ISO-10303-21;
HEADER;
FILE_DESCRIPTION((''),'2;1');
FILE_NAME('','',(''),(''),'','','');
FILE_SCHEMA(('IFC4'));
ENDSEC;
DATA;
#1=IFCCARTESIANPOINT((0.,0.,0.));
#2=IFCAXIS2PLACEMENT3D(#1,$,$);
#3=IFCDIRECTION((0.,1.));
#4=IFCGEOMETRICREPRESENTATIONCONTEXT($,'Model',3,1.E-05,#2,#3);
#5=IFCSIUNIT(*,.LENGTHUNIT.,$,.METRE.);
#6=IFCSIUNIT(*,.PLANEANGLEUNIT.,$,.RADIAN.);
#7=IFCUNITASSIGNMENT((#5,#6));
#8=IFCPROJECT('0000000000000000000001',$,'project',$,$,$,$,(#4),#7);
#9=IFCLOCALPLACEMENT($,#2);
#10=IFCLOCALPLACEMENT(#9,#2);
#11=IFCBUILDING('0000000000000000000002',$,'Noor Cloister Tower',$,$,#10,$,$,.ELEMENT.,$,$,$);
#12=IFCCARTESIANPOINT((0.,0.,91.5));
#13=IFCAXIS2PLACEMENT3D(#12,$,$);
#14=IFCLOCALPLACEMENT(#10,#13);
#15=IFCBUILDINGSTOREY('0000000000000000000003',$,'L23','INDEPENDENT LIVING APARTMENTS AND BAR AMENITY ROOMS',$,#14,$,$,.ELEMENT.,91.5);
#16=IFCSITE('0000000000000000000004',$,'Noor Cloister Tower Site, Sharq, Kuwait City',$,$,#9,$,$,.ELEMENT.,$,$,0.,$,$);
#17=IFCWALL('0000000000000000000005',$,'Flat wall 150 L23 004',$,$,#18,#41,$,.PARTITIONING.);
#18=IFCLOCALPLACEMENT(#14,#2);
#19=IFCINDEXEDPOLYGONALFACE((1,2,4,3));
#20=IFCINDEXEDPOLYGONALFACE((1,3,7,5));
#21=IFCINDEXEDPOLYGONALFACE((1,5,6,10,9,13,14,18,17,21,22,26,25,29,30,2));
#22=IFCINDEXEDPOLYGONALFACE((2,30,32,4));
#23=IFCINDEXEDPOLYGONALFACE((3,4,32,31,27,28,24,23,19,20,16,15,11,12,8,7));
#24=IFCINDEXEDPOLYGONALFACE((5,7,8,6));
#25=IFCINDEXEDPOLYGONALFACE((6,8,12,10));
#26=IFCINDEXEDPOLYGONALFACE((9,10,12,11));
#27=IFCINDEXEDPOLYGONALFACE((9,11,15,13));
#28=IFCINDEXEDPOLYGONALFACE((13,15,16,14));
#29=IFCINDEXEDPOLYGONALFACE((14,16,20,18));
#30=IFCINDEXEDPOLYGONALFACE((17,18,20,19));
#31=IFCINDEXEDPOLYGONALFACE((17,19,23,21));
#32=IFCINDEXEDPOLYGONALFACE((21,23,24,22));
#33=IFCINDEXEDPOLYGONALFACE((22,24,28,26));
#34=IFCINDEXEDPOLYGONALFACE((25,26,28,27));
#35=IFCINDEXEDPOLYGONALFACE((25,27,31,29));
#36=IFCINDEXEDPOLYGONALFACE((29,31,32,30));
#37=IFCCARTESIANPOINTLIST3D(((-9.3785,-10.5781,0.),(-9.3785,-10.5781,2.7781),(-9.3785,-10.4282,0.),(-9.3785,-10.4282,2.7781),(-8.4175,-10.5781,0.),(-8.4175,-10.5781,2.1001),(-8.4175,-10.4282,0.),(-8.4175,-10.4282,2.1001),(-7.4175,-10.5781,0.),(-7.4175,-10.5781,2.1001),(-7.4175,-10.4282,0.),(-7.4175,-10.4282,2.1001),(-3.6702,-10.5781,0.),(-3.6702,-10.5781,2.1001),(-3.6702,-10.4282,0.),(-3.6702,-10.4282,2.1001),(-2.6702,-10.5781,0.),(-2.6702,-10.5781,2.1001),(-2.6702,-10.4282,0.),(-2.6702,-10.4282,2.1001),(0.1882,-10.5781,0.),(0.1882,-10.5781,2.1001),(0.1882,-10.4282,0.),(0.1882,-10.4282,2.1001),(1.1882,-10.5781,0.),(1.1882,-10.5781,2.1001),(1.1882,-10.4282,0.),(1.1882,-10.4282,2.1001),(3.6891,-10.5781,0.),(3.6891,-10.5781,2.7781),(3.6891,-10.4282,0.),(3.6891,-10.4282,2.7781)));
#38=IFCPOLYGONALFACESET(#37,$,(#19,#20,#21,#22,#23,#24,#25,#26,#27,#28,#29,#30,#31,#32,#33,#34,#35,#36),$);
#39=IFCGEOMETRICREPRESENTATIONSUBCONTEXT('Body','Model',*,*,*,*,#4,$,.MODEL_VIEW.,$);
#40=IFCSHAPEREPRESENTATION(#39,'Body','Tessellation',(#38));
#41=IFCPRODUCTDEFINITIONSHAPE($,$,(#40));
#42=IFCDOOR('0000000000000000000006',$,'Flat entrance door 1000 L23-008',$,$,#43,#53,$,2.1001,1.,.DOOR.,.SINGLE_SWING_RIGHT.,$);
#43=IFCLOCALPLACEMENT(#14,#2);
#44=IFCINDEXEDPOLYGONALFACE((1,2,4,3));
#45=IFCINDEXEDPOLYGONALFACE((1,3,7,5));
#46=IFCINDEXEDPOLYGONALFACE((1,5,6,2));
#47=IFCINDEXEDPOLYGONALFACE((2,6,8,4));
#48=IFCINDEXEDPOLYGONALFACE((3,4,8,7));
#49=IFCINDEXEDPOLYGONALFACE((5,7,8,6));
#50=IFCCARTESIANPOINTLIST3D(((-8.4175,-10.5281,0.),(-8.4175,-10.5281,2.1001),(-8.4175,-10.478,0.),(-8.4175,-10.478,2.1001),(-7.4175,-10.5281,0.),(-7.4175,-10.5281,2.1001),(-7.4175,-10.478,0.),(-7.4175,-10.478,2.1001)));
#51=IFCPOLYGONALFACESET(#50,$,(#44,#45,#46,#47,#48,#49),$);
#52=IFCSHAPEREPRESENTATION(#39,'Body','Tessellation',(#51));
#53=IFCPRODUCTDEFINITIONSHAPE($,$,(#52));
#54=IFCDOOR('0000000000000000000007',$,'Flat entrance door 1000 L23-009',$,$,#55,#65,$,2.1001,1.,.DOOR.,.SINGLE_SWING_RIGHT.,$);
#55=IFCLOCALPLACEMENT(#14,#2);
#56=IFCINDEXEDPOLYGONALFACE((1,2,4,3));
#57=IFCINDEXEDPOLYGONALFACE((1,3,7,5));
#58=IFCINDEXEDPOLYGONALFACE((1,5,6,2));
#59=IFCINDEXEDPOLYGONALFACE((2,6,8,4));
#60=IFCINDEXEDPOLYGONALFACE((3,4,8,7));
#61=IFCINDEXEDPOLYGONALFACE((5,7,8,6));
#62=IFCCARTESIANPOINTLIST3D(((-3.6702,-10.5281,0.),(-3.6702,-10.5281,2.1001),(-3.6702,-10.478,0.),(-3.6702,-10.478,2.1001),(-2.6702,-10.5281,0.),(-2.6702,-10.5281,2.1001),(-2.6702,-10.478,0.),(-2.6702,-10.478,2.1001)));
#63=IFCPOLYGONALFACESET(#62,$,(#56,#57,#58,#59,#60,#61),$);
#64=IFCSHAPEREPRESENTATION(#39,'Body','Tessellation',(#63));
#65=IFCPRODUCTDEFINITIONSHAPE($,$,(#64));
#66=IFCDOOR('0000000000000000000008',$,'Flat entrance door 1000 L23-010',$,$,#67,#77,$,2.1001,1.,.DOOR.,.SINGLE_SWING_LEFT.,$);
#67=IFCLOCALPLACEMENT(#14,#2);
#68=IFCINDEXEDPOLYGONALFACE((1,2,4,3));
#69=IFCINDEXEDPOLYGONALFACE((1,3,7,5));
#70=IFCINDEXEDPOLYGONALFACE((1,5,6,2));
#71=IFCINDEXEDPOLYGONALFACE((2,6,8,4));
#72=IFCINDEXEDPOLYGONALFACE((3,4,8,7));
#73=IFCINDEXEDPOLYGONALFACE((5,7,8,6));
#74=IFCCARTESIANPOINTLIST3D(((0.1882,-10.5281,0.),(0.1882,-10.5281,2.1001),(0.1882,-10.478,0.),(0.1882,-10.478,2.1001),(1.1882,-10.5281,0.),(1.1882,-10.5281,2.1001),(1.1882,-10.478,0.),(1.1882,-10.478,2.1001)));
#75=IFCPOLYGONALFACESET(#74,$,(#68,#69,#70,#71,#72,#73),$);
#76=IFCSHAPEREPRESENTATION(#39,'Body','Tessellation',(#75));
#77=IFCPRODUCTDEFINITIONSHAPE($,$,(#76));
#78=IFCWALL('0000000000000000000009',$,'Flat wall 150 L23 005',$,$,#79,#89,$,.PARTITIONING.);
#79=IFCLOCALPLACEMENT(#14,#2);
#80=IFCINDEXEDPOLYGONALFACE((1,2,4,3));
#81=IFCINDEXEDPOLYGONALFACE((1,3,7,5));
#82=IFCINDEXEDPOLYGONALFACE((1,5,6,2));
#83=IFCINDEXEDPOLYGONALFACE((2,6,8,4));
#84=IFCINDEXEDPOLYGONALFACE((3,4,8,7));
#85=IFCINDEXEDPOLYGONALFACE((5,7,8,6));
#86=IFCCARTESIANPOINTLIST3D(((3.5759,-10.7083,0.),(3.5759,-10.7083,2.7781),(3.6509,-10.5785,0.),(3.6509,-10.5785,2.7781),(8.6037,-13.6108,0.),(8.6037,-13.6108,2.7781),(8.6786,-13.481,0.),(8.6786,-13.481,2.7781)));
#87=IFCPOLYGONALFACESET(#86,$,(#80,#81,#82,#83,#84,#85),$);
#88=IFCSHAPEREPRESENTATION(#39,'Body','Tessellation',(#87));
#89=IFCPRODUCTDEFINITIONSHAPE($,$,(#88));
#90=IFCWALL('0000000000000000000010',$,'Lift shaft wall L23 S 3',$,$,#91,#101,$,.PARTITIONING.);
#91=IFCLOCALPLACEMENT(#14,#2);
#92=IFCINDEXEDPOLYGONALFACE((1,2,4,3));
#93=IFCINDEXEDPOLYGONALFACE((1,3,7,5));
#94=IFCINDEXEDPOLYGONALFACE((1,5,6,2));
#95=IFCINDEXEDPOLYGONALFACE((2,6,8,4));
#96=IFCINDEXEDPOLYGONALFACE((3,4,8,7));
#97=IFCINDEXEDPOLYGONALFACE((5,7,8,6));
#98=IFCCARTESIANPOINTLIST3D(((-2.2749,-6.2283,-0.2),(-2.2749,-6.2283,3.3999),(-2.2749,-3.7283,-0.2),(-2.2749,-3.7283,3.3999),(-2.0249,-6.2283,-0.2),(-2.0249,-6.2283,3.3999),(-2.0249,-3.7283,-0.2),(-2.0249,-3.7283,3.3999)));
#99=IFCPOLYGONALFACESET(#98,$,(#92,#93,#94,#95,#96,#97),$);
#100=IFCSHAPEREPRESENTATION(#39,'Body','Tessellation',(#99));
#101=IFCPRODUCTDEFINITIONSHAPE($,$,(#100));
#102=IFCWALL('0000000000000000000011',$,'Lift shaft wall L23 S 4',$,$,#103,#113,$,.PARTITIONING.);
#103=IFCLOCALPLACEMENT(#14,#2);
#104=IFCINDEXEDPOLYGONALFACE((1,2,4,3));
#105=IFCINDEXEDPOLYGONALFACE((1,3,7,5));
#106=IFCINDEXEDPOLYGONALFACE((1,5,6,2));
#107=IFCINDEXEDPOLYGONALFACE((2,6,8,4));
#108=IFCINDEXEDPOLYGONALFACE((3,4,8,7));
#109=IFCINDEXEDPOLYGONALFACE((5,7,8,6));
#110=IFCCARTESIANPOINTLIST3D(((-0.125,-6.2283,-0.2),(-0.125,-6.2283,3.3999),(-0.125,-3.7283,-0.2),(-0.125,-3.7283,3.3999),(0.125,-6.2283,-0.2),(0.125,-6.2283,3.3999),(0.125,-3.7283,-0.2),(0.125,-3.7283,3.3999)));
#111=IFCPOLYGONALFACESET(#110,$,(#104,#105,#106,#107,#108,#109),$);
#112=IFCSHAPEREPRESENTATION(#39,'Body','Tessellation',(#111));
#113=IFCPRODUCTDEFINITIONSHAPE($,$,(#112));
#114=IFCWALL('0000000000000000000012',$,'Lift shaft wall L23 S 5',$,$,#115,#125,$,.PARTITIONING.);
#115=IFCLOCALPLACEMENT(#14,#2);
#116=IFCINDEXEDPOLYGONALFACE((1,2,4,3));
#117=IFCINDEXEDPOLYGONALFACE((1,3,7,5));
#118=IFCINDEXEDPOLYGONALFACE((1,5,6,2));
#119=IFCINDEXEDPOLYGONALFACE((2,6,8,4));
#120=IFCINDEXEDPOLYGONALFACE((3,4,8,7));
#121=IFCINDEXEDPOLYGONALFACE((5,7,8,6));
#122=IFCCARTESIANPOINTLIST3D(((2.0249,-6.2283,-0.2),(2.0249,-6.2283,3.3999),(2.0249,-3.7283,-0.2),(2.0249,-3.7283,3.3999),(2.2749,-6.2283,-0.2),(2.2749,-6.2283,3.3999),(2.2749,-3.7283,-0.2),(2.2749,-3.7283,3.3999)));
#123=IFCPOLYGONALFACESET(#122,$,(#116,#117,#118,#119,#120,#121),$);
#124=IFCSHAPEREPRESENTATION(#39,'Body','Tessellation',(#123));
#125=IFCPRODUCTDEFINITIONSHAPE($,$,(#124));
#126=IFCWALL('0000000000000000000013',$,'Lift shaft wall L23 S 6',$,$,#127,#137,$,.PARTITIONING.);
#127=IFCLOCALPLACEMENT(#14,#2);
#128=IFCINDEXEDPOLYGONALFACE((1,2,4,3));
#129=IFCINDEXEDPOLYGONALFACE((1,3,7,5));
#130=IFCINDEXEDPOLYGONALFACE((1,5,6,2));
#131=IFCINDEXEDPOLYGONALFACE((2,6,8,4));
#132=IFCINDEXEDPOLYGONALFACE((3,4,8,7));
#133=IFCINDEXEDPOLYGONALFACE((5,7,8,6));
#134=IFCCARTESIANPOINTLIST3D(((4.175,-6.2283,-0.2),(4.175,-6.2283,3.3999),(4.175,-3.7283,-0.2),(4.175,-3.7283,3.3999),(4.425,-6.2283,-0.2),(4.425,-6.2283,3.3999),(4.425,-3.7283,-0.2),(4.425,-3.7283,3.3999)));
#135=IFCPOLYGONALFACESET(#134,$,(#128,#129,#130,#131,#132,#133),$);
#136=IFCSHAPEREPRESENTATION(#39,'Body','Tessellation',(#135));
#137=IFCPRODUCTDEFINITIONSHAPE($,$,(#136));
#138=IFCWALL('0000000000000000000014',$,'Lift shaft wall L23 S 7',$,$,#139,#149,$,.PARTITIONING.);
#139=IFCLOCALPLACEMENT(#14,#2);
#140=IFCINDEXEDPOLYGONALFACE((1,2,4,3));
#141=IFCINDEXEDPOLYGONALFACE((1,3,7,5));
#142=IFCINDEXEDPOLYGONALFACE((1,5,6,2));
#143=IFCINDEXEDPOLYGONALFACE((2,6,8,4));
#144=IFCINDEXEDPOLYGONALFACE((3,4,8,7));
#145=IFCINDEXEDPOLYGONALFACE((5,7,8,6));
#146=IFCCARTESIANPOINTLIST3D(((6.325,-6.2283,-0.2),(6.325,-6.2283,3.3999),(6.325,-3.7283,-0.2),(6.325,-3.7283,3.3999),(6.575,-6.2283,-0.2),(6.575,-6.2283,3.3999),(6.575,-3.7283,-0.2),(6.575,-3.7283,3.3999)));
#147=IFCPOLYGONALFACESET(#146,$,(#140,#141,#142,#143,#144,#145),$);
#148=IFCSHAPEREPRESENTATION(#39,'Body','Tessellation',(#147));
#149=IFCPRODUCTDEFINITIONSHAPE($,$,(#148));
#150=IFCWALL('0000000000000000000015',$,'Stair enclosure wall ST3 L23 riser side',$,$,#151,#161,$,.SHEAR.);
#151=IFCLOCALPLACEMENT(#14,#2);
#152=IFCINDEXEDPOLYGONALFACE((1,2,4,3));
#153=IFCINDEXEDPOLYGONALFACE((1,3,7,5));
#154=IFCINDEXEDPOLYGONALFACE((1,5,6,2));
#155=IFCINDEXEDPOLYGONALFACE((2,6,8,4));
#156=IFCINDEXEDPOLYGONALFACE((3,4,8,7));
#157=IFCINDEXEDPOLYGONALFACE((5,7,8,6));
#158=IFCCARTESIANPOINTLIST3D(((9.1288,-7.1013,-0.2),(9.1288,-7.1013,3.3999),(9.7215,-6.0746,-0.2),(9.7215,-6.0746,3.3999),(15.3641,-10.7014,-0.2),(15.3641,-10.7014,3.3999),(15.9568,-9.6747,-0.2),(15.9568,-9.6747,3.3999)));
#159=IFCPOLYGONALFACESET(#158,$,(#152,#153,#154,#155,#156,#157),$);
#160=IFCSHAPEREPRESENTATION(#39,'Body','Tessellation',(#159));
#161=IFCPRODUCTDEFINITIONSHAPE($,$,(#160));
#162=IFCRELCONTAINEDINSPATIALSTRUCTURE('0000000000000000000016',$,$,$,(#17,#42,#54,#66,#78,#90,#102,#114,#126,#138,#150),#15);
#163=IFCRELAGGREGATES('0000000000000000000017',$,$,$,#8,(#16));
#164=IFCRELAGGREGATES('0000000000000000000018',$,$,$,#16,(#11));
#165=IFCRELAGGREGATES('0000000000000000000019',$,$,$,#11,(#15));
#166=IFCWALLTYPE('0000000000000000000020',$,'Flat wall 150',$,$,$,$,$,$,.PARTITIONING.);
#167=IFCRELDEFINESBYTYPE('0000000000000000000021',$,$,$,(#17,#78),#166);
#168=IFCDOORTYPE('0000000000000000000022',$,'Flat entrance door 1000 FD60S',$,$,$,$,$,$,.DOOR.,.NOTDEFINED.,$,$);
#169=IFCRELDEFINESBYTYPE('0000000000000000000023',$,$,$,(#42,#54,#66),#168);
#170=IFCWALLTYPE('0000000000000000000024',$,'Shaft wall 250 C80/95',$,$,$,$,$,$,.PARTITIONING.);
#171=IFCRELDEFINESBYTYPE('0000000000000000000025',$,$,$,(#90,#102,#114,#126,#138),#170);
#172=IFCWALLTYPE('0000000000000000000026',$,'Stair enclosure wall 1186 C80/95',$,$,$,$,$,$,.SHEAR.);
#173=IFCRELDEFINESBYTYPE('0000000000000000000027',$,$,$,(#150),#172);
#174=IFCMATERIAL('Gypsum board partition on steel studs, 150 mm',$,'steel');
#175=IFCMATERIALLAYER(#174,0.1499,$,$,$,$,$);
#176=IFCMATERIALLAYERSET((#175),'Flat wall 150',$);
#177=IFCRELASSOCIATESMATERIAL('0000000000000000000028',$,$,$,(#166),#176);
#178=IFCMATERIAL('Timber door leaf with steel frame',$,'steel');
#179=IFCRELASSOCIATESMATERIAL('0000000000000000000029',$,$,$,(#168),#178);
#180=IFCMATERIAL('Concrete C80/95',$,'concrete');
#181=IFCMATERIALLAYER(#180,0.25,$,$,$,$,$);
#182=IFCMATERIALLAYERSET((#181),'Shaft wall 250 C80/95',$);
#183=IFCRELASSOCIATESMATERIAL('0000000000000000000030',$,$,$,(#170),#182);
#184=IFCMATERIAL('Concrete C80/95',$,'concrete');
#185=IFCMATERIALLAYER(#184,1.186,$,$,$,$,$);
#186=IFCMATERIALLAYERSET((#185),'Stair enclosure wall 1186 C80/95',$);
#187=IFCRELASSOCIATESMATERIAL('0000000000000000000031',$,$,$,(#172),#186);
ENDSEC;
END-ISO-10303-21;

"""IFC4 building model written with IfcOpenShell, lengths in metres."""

from ifc_helpers import new_model, si_unit, direction, frame, frame_2d, origin, place, context, subcontext, project, spatial, rectangle, extrude, material, layer, layer_set, type_object, element, fill, save


model = new_model("IFC4")

# Units and contexts
model_context = context("Model", 3, precision=1e-05, world=origin(), true_north=direction((0.0, 1.0)))
body_context = subcontext(model_context, "Body", "Model", "MODEL_VIEW")
ifc_project = project(units=[si_unit("LENGTHUNIT", "METRE"), si_unit("PLANEANGLEUNIT", "RADIAN")], contexts=[model_context])

# Site, building, storey
site_placement = place(None, origin())
site = spatial("IfcSite", under=ifc_project, at=site_placement, Name="Noor Cloister Tower Site, Sharq, Kuwait City", CompositionType="ELEMENT", RefElevation=0.0)
building_placement = place(site_placement, origin())
building = spatial("IfcBuilding", under=site, at=building_placement, Name="Noor Cloister Tower", CompositionType="ELEMENT")
storey_placement = place(building_placement, frame((0.0, 0.0, 91.5)))
storey = spatial("IfcBuildingStorey", under=building, at=storey_placement, Name="L23", Description="INDEPENDENT LIVING APARTMENTS AND BAR AMENITY ROOMS", CompositionType="ELEMENT", Elevation=91.5)

# Wall, openings, doors
ifc_material_1 = material(Name="Gypsum board partition on steel studs, 150 mm", Category="steel")
ifc_layer_1 = layer(ifc_material_1, 0.1499)
ifc_layer_set_1 = layer_set([ifc_layer_1], Name="Flat wall 150")
wall_type_1 = type_object("IfcWallType", Name="Flat wall 150", PredefinedType="PARTITIONING", material=ifc_layer_set_1)
wall_1_placement = place(storey_placement, frame((3.689, -10.5032, 0.0), z_axis=(0.0, 0.0, 1.0), x_axis=(-1.0, 0.0, 0.0)))
wall_1 = element("IfcWall", 1, at=wall_1_placement, inside=storey, type_object=wall_type_1, Name="Flat wall 150 L23 004", PredefinedType="PARTITIONING", context=body_context, shape_type="SweptSolid", body=[
    extrude(rectangle(XDim=13.0676, YDim=0.1499, at=frame_2d((6.5337, 0.0))), origin(), (0.0, 0.0, 1.0), 2.7781),
])
opening_1_placement = place(wall_1_placement, frame((11.1064, 0.0, 0.0)))
opening_1 = element("IfcOpeningElement", 2, at=opening_1_placement, cuts=wall_1, PredefinedType="OPENING", context=body_context, shape_type="SweptSolid", body=[
    extrude(rectangle(XDim=1.0, YDim=2.1001, at=frame_2d((0.5, 1.05))), frame((0.0, 0.085, 0.0), z_axis=(0.0, -1.0, 0.0), x_axis=(1.0, 0.0, 0.0)), (0.0, 0.0, 1.0), 0.1699),
])
opening_2_placement = place(wall_1_placement, frame((6.3591, 0.0, 0.0)))
opening_2 = element("IfcOpeningElement", 3, at=opening_2_placement, cuts=wall_1, PredefinedType="OPENING", context=body_context, shape_type="SweptSolid", body=[
    extrude(rectangle(XDim=1.0, YDim=2.1001, at=frame_2d((0.5, 1.05))), frame((0.0, 0.085, 0.0), z_axis=(0.0, -1.0, 0.0), x_axis=(1.0, 0.0, 0.0)), (0.0, 0.0, 1.0), 0.1699),
])
opening_3_placement = place(wall_1_placement, frame((2.5007, 0.0, 0.0)))
opening_3 = element("IfcOpeningElement", 4, at=opening_3_placement, cuts=wall_1, PredefinedType="OPENING", context=body_context, shape_type="SweptSolid", body=[
    extrude(rectangle(XDim=1.0, YDim=2.1001, at=frame_2d((0.5, 1.05))), frame((0.0, 0.085, 0.0), z_axis=(0.0, -1.0, 0.0), x_axis=(1.0, 0.0, 0.0)), (0.0, 0.0, 1.0), 0.1699),
])
ifc_material_2 = material(Name="Timber door leaf with steel frame", Category="steel")
door_type_1 = type_object("IfcDoorType", Name="Flat entrance door 1000 FD60S", OperationType="NOTDEFINED", PredefinedType="DOOR", material=ifc_material_2)
door_1_placement = place(opening_1_placement, origin())
door_1 = element("IfcDoor", 5, at=door_1_placement, inside=storey, type_object=door_type_1, Name="Flat entrance door 1000 L23-008", OperationType="SINGLE_SWING_RIGHT", OverallHeight=2.1001, OverallWidth=1.0, PredefinedType="DOOR", context=body_context, shape_type="SweptSolid", body=[
    extrude(rectangle(XDim=1.0, YDim=2.1001, at=frame_2d((0.5, 1.05))), frame((0.0, 0.0249, 0.0), z_axis=(0.0, -1.0, 0.0), x_axis=(1.0, 0.0, 0.0)), (0.0, 0.0, 1.0), 0.05),
])
fill(opening_1, door_1)
door_2_placement = place(opening_2_placement, origin())
door_2 = element("IfcDoor", 6, at=door_2_placement, inside=storey, type_object=door_type_1, Name="Flat entrance door 1000 L23-009", OperationType="SINGLE_SWING_RIGHT", OverallHeight=2.1001, OverallWidth=1.0, PredefinedType="DOOR", context=body_context, shape_type="SweptSolid", body=[
    extrude(rectangle(XDim=1.0, YDim=2.1001, at=frame_2d((0.5, 1.05))), frame((0.0, 0.0249, 0.0), z_axis=(0.0, -1.0, 0.0), x_axis=(1.0, 0.0, 0.0)), (0.0, 0.0, 1.0), 0.05),
])
fill(opening_2, door_2)
door_3_placement = place(opening_3_placement, origin())
door_3 = element("IfcDoor", 7, at=door_3_placement, inside=storey, type_object=door_type_1, Name="Flat entrance door 1000 L23-010", OperationType="SINGLE_SWING_LEFT", OverallHeight=2.1001, OverallWidth=1.0, PredefinedType="DOOR", context=body_context, shape_type="SweptSolid", body=[
    extrude(rectangle(XDim=1.0, YDim=2.1001, at=frame_2d((0.5, 1.05))), frame((0.0, 0.0249, 0.0), z_axis=(0.0, -1.0, 0.0), x_axis=(1.0, 0.0, 0.0)), (0.0, 0.0, 1.0), 0.05),
])
fill(opening_3, door_3)

# Walls
wall_2_placement = place(storey_placement, frame((3.6133, -10.6433, 0.0), z_axis=(0.0, 0.0, 1.0), x_axis=(0.866043, -0.49997, 0.0)))
element("IfcWall", 8, at=wall_2_placement, inside=storey, type_object=wall_type_1, Name="Flat wall 150 L23 005", PredefinedType="PARTITIONING", context=body_context, shape_type="SweptSolid", body=[
    extrude(rectangle(XDim=5.8054, YDim=0.1499, at=frame_2d((2.9028, 0.0))), origin(), (0.0, 0.0, 1.0), 2.7781),
])
ifc_material_3 = material(Name="Concrete C80/95", Category="concrete")
ifc_layer_2 = layer(ifc_material_3, 0.25)
ifc_layer_set_2 = layer_set([ifc_layer_2], Name="Shaft wall 250 C80/95")
wall_type_2 = type_object("IfcWallType", Name="Shaft wall 250 C80/95", PredefinedType="PARTITIONING", material=ifc_layer_set_2)
for number, where, z_axis, x_axis, name in (
    (9, (-2.1499, -6.2283, -0.2), (0.0, 0.0, 1.0), (0.0, 1.0, 0.0), "Lift shaft wall L23 S 3"),
    (10, (0.0, -6.2283, -0.2), (0.0, 0.0, 1.0), (0.0, 1.0, 0.0), "Lift shaft wall L23 S 4"),
    (11, (2.1499, -6.2283, -0.2), (0.0, 0.0, 1.0), (0.0, 1.0, 0.0), "Lift shaft wall L23 S 5"),
    (12, (4.3, -6.2283, -0.2), (0.0, 0.0, 1.0), (0.0, 1.0, 0.0), "Lift shaft wall L23 S 6"),
    (13, (6.45, -6.2283, -0.2), (0.0, 0.0, 1.0), (0.0, 1.0, 0.0), "Lift shaft wall L23 S 7"),
):
    element("IfcWall", number, at=place(storey_placement, frame(where, z_axis=z_axis, x_axis=x_axis)), inside=storey, type_object=wall_type_2, Name=name, PredefinedType="PARTITIONING", context=body_context, shape_type="SweptSolid", body=[
        extrude(rectangle(XDim=2.5, YDim=0.25, at=frame_2d((1.25, 0.0))), origin(), (0.0, 0.0, 1.0), 3.5999),
    ])
ifc_material_4 = material(Name="Concrete C80/95", Category="concrete")
ifc_layer_3 = layer(ifc_material_4, 1.186)
ifc_layer_set_3 = layer_set([ifc_layer_3], Name="Stair enclosure wall 1186 C80/95")
wall_type_3 = type_object("IfcWallType", Name="Stair enclosure wall 1186 C80/95", PredefinedType="SHEAR", material=ifc_layer_set_3)
wall_3_placement = place(storey_placement, frame((9.425, -6.5879, -0.2), z_axis=(0.0, 0.0, 1.0), x_axis=(0.866018, -0.500012, 0.0)))
element("IfcWall", 14, at=wall_3_placement, inside=storey, type_object=wall_type_3, Name="Stair enclosure wall ST3 L23 riser side", PredefinedType="SHEAR", context=body_context, shape_type="SweptSolid", body=[
    extrude(rectangle(XDim=7.2, YDim=1.1855, at=frame_2d((3.6001, 0.0))), origin(), (0.0, 0.0, 1.0), 3.5999),
])

save(model, "model.ifc")
